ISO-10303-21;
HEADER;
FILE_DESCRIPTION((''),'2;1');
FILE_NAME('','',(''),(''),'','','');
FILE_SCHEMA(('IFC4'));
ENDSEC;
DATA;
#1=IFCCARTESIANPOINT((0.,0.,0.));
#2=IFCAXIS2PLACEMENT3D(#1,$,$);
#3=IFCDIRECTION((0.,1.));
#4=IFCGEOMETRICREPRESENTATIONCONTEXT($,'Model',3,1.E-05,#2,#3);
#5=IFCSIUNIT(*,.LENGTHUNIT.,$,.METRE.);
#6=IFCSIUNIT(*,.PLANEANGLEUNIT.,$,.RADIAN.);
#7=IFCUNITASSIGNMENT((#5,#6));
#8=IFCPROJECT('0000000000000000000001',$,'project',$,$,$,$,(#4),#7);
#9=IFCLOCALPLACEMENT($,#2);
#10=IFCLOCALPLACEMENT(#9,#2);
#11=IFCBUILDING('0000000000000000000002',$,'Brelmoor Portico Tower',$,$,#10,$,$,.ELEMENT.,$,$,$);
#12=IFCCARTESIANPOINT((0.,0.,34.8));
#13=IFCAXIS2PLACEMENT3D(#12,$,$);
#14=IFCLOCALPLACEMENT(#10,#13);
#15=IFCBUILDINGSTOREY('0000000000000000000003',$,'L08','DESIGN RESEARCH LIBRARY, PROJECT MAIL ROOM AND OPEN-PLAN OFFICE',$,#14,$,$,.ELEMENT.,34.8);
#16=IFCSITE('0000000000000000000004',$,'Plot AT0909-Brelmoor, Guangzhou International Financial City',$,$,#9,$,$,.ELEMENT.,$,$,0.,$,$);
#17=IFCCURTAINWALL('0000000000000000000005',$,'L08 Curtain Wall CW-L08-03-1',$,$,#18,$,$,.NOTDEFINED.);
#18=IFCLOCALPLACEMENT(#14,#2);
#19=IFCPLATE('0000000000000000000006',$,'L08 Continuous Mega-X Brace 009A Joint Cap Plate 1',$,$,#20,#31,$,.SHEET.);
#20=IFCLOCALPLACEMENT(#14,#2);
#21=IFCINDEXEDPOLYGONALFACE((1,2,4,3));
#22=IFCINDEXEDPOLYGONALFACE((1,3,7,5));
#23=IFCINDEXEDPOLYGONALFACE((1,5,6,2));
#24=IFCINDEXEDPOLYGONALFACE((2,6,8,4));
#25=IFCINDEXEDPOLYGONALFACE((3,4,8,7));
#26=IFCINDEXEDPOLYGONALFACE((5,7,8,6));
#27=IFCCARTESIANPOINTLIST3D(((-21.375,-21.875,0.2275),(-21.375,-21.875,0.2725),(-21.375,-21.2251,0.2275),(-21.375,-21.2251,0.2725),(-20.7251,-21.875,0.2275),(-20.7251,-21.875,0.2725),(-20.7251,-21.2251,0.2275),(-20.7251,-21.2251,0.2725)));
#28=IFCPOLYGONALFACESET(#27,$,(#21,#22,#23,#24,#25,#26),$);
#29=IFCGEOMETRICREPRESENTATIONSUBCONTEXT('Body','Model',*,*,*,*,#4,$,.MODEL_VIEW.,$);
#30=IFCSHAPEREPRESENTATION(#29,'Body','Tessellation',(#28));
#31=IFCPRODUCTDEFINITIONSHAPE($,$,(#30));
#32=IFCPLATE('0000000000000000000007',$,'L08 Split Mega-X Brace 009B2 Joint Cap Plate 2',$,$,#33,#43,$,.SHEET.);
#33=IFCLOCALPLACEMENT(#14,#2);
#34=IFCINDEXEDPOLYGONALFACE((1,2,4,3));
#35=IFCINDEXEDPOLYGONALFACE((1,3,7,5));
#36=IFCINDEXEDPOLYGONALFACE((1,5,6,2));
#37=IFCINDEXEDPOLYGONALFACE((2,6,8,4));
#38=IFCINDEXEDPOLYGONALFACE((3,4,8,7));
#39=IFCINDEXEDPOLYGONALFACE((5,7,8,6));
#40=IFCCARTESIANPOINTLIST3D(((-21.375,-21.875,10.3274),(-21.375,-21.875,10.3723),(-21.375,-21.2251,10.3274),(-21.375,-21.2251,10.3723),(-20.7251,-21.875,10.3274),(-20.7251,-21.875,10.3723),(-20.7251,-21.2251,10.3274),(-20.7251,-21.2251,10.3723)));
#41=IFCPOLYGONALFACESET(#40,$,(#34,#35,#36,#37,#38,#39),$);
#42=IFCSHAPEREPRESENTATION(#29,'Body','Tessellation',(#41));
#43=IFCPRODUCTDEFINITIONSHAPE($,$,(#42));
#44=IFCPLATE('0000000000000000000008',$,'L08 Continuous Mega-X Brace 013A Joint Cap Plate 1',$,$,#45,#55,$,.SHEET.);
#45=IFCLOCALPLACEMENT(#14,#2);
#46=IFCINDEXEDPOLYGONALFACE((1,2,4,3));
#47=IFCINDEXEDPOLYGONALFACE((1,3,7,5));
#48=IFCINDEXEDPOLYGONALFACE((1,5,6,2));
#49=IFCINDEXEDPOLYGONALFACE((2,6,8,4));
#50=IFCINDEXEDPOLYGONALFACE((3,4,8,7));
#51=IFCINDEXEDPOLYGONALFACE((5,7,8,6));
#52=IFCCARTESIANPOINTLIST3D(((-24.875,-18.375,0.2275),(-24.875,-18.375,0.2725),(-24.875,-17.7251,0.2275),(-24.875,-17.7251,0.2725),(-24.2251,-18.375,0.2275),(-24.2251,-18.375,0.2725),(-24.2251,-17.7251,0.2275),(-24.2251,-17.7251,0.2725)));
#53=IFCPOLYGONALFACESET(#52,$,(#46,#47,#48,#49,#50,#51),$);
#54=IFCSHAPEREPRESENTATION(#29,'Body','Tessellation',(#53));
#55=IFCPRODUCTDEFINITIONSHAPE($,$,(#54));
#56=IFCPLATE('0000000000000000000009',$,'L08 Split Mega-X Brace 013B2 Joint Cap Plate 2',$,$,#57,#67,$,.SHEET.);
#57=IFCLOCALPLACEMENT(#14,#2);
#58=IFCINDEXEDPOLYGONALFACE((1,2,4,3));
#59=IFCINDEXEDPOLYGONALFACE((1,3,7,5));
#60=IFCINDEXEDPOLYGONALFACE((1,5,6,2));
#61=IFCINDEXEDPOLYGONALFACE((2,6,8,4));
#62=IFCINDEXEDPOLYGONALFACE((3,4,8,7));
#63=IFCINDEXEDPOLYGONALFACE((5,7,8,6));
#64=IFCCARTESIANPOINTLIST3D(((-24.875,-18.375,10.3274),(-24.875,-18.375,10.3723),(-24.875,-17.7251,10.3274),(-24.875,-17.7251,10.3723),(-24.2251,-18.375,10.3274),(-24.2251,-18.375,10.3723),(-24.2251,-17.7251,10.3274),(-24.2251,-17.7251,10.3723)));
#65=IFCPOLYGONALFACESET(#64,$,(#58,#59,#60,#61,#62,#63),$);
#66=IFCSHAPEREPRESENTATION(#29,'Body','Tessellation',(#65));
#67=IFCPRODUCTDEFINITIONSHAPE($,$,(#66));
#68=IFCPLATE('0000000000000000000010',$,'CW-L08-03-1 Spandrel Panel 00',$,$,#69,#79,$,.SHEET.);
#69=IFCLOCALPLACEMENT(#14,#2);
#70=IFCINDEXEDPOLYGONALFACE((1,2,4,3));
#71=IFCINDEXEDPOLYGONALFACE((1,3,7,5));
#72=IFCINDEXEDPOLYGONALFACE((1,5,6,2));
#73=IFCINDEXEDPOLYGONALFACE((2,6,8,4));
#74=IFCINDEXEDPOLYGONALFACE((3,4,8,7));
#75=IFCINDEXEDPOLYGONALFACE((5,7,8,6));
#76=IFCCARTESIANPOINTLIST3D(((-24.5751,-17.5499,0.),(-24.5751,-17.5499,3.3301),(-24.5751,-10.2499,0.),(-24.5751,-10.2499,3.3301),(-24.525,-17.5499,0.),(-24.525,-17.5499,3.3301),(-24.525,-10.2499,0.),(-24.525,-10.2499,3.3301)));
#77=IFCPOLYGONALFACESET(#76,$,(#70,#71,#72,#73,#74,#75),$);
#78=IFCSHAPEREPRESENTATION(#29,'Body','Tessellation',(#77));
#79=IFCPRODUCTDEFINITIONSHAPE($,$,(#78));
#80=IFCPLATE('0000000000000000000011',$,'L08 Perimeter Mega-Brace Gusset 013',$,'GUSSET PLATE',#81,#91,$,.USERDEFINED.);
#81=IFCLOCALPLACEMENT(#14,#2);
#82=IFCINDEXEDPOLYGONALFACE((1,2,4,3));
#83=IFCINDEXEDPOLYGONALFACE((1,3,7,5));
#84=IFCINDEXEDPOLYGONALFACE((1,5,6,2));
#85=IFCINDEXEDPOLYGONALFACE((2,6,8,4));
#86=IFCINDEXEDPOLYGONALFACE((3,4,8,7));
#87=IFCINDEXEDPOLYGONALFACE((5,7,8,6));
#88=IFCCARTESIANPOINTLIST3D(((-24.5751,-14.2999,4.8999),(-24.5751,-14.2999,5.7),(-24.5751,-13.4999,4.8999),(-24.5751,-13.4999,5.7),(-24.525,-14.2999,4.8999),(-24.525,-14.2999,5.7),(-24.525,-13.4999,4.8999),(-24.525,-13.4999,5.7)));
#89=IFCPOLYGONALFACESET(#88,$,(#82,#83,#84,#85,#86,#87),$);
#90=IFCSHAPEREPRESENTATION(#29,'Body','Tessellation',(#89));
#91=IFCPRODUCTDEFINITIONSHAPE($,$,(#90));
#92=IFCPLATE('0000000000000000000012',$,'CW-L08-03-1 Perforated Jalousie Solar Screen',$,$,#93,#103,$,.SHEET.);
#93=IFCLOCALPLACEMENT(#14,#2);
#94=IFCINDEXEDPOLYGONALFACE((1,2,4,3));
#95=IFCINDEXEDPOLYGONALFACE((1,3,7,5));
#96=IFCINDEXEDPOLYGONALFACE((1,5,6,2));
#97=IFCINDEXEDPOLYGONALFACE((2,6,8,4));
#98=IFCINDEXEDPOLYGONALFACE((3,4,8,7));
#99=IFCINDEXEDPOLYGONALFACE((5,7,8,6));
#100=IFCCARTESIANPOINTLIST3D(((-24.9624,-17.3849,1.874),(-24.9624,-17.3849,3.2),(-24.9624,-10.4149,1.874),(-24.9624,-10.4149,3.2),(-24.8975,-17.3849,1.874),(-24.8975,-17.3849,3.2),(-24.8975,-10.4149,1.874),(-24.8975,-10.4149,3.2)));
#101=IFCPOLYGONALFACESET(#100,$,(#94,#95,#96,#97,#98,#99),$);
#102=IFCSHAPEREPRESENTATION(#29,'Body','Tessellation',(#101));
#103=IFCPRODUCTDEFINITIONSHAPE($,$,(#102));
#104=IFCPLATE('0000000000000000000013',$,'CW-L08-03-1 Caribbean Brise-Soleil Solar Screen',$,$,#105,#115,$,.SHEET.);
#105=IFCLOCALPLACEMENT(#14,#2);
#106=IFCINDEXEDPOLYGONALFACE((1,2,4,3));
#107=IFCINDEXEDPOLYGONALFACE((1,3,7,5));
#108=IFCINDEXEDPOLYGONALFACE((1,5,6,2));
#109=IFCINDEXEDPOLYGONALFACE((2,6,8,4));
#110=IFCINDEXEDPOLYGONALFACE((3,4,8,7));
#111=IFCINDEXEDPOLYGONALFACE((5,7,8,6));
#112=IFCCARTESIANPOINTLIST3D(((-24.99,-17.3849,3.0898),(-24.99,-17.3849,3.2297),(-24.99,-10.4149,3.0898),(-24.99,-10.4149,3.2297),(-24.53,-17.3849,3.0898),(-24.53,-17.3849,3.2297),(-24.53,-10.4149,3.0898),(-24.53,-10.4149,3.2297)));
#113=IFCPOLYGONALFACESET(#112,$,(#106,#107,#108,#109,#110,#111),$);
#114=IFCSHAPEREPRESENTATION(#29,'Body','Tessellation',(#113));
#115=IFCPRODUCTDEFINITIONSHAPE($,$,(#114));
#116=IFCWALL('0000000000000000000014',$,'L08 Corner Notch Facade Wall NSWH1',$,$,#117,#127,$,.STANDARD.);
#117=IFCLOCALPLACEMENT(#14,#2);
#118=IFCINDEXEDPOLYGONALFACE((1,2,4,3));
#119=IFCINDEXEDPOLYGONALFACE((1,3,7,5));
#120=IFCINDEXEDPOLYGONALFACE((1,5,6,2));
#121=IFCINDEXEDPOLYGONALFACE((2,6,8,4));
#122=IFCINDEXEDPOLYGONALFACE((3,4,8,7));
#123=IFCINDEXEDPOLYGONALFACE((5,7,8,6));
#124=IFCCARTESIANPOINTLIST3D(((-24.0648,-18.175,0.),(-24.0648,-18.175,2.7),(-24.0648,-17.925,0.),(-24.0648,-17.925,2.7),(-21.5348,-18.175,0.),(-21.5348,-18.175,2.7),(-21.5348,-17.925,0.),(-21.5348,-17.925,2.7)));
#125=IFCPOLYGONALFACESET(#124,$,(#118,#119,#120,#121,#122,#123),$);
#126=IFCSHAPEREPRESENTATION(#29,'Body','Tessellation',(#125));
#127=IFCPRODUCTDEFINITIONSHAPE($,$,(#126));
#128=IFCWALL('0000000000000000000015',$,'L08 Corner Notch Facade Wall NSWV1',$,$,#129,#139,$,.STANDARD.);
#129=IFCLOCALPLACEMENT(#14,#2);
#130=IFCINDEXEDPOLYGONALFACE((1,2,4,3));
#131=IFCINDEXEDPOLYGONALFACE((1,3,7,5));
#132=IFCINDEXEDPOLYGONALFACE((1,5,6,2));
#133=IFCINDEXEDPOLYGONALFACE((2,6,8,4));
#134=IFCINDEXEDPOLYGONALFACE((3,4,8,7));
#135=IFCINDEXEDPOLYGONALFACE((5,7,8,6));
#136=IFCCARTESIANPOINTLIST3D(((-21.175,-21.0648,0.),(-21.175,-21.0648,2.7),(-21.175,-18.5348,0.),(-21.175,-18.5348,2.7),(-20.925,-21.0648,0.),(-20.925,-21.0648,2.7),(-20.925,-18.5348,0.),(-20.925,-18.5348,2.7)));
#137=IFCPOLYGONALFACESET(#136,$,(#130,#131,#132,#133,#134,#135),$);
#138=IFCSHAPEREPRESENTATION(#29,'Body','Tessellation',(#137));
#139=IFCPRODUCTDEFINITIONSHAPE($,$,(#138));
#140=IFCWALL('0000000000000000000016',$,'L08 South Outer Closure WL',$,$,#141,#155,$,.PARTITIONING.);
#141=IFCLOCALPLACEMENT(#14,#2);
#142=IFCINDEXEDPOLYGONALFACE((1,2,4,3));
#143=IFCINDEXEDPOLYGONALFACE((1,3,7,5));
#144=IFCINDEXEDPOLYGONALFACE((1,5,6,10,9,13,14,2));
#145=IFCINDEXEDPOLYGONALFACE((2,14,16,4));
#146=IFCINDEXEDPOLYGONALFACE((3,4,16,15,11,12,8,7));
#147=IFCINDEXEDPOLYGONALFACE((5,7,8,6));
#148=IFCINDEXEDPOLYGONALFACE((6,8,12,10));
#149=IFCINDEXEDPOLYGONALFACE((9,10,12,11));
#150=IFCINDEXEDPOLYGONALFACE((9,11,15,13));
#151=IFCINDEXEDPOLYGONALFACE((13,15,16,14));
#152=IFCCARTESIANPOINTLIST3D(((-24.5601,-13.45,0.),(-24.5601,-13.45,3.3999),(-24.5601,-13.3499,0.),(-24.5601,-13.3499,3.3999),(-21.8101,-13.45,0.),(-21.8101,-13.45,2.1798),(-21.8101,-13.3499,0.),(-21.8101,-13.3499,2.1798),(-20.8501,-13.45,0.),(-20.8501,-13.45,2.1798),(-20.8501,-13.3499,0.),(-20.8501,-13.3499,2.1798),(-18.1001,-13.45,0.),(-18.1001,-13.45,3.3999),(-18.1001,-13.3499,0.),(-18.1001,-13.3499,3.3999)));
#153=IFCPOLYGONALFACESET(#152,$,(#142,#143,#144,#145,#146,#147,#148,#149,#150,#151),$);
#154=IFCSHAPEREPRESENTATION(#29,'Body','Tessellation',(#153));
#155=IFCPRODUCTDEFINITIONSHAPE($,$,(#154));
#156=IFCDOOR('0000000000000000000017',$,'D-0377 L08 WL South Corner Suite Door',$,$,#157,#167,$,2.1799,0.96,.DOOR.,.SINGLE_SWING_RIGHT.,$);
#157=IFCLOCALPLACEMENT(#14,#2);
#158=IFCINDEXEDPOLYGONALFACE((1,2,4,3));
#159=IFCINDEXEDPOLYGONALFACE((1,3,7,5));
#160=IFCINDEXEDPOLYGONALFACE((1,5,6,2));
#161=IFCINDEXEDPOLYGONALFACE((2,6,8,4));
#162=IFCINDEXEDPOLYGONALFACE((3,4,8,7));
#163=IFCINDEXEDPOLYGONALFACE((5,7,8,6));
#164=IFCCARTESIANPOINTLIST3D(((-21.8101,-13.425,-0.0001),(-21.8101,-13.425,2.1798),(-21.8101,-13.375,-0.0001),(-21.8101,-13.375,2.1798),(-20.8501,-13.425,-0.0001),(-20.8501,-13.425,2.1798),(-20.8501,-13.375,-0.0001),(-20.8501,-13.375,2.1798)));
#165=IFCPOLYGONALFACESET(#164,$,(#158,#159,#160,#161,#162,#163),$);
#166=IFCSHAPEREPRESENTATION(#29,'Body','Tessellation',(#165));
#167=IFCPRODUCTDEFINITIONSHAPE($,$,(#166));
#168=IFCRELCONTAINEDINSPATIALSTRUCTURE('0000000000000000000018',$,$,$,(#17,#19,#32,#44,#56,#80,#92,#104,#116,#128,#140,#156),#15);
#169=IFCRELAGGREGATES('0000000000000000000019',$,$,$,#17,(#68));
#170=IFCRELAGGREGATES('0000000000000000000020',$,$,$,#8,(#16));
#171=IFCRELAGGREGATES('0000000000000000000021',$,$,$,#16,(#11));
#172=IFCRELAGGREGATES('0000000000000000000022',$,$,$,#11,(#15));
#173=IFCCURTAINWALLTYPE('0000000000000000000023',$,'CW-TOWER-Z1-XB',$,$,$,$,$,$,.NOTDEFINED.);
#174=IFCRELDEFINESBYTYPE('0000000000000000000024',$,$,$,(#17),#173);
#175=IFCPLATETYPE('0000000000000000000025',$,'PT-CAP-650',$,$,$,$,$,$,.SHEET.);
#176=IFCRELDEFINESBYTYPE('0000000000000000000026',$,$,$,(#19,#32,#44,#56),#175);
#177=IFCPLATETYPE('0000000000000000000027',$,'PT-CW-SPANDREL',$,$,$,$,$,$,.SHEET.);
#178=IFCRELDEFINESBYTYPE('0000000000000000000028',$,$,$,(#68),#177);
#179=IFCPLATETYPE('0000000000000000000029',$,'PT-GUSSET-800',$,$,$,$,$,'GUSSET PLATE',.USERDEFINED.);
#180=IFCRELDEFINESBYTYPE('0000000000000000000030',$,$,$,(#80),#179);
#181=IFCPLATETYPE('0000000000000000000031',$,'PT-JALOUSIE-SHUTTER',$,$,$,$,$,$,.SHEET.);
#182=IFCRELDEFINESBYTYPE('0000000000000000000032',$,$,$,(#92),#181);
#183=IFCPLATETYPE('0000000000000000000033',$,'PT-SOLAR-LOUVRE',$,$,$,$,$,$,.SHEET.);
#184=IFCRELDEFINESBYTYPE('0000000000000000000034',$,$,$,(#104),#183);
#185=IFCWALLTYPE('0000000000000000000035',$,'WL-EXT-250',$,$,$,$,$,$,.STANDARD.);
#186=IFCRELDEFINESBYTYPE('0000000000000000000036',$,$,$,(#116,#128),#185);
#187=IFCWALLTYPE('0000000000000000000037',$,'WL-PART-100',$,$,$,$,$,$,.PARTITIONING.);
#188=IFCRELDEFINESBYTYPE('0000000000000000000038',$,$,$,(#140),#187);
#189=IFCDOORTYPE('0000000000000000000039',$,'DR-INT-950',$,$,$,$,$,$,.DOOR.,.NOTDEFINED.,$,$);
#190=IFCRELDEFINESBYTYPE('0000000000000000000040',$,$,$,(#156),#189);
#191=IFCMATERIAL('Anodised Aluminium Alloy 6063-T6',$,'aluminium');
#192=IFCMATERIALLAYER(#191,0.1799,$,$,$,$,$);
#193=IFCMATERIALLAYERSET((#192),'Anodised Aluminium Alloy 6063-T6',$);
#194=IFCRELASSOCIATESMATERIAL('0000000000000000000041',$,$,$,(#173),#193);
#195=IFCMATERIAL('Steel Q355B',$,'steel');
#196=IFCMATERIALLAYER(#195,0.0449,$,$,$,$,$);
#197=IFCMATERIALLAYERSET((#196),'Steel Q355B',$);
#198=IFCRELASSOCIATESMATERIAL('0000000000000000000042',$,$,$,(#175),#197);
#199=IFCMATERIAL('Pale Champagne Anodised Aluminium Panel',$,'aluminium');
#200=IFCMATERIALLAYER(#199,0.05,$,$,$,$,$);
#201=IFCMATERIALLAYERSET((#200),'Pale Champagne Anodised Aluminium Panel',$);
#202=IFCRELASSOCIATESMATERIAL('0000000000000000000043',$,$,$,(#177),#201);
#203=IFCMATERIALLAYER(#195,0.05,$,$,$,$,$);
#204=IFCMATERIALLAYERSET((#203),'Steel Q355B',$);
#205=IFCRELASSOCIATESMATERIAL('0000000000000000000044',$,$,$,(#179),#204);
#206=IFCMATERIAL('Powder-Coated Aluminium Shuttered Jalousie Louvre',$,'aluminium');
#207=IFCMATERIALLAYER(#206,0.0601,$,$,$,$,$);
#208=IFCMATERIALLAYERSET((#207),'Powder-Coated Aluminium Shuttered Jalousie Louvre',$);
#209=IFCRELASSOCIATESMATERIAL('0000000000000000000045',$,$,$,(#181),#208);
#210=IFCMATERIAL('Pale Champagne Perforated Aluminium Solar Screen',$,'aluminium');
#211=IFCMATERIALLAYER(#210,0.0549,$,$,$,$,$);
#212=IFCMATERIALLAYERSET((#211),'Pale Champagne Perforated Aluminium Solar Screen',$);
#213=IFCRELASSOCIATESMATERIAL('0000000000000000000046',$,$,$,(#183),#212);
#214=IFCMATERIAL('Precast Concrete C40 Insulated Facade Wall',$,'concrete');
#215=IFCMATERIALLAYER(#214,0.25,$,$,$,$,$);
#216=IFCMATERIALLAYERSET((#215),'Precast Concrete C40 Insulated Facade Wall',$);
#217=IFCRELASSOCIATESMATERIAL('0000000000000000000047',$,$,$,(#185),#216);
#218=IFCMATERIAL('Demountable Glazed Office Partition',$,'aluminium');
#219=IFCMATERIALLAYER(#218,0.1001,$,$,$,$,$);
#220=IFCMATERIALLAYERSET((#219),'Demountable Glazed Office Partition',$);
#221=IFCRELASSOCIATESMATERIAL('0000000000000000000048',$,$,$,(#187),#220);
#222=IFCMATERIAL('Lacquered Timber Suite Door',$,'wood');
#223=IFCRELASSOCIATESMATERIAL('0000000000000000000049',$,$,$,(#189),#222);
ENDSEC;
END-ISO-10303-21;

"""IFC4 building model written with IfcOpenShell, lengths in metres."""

from ifc_helpers import new_model, si_unit, direction, frame, frame_2d, origin, origin_2d, place, context, subcontext, project, spatial, rectangle, extrude, material, layer, layer_set, type_object, element, fill, aggregate, save


model = new_model("IFC4")

# Units and contexts
model_context = context("Model", 3, precision=1e-05, world=origin(), true_north=direction((0.0, 1.0)))
body_context = subcontext(model_context, "Body", "Model", "MODEL_VIEW")
ifc_project = project(units=[si_unit("LENGTHUNIT", "METRE"), si_unit("PLANEANGLEUNIT", "RADIAN")], contexts=[model_context])

# Site, building, storey
site_placement = place(None, origin())
site = spatial("IfcSite", under=ifc_project, at=site_placement, Name="Plot AT0909-Brelmoor, Guangzhou International Financial City", CompositionType="ELEMENT", RefElevation=0.0)
building_placement = place(site_placement, origin())
building = spatial("IfcBuilding", under=site, at=building_placement, Name="Brelmoor Portico Tower", CompositionType="ELEMENT")
storey_placement = place(building_placement, frame((0.0, 0.0, 34.8)))
storey = spatial("IfcBuildingStorey", under=building, at=storey_placement, Name="L08", Description="DESIGN RESEARCH LIBRARY, PROJECT MAIL ROOM AND OPEN-PLAN OFFICE", CompositionType="ELEMENT", Elevation=34.8)

# Shared definitions
ifc_material_1 = material(Name="Steel Q355B", Category="steel")

# Curtain wall
ifc_material_2 = material(Name="Anodised Aluminium Alloy 6063-T6", Category="aluminium")
ifc_layer_1 = layer(ifc_material_2, 0.1799)
ifc_layer_set_1 = layer_set([ifc_layer_1], Name="Anodised Aluminium Alloy 6063-T6")
curtain_wall_type = type_object("IfcCurtainWallType", Name="CW-TOWER-Z1-XB", PredefinedType="NOTDEFINED", material=ifc_layer_set_1)
curtain_wall_1_placement = place(storey_placement, origin())
curtain_wall_1 = element("IfcCurtainWall", 1, at=curtain_wall_1_placement, inside=storey, type_object=curtain_wall_type, Name="L08 Curtain Wall CW-L08-03-1", PredefinedType="NOTDEFINED")

# Plates
ifc_layer_2 = layer(ifc_material_1, 0.0449)
ifc_layer_set_2 = layer_set([ifc_layer_2], Name="Steel Q355B")
plate_type_1 = type_object("IfcPlateType", Name="PT-CAP-650", PredefinedType="SHEET", material=ifc_layer_set_2)
for number, where, z_axis, x_axis, name in (
    (2, (-21.05, -21.55, 0.2275), (0.0, 0.0, 1.0), (1.0, 0.0, 0.0), "L08 Continuous Mega-X Brace 009A Joint Cap Plate 1"),
    (3, (-21.05, -21.55, 10.3274), (0.0, 0.0, 1.0), (1.0, 0.0, 0.0), "L08 Split Mega-X Brace 009B2 Joint Cap Plate 2"),
    (4, (-24.55, -18.05, 0.2275), (0.0, 0.0, 1.0), (1.0, 0.0, 0.0), "L08 Continuous Mega-X Brace 013A Joint Cap Plate 1"),
    (5, (-24.55, -18.05, 10.3274), (0.0, 0.0, 1.0), (1.0, 0.0, 0.0), "L08 Split Mega-X Brace 013B2 Joint Cap Plate 2"),
):
    element("IfcPlate", number, at=place(storey_placement, frame(where, z_axis=z_axis, x_axis=x_axis)), inside=storey, type_object=plate_type_1, Name=name, PredefinedType="SHEET", context=body_context, shape_type="SweptSolid", body=[
        extrude(rectangle(XDim=0.6499, YDim=0.6499, at=origin_2d()), origin(), (0.0, 0.0, 1.0), 0.0449),
    ])

# Plate
ifc_material_3 = material(Name="Pale Champagne Anodised Aluminium Panel", Category="aluminium")
ifc_layer_3 = layer(ifc_material_3, 0.05)
ifc_layer_set_3 = layer_set([ifc_layer_3], Name="Pale Champagne Anodised Aluminium Panel")
plate_type_2 = type_object("IfcPlateType", Name="PT-CW-SPANDREL", PredefinedType="SHEET", material=ifc_layer_set_3)
plate_1_placement = place(storey_placement, frame((-24.55, -13.8999, 0.0), z_axis=(0.0, 0.0, 1.0), x_axis=(0.0, 1.0, 0.0)))
plate_1 = element("IfcPlate", 6, at=plate_1_placement, type_object=plate_type_2, Name="CW-L08-03-1 Spandrel Panel 00", PredefinedType="SHEET", context=body_context, shape_type="SweptSolid", body=[
    extrude(rectangle(XDim=7.3, YDim=0.05, at=origin_2d()), origin(), (0.0, 0.0, 1.0), 3.3301),
])
aggregate(curtain_wall_1, [plate_1])

# Plates
ifc_layer_4 = layer(ifc_material_1, 0.05)
ifc_layer_set_4 = layer_set([ifc_layer_4], Name="Steel Q355B")
plate_type_3 = type_object("IfcPlateType", Name="PT-GUSSET-800", ElementType="GUSSET PLATE", PredefinedType="USERDEFINED", material=ifc_layer_set_4)
plate_2_placement = place(storey_placement, frame((-24.55, -13.8999, 4.8999), z_axis=(0.0, 0.0, 1.0), x_axis=(1.0, 0.0, 0.0)))
element("IfcPlate", 7, at=plate_2_placement, inside=storey, type_object=plate_type_3, Name="L08 Perimeter Mega-Brace Gusset 013", ObjectType="GUSSET PLATE", PredefinedType="USERDEFINED", context=body_context, shape_type="SweptSolid", body=[
    extrude(rectangle(XDim=0.05, YDim=0.8, at=origin_2d()), origin(), (0.0, 0.0, 1.0), 0.8),
])
ifc_material_4 = material(Name="Powder-Coated Aluminium Shuttered Jalousie Louvre", Category="aluminium")
ifc_layer_5 = layer(ifc_material_4, 0.0601)
ifc_layer_set_5 = layer_set([ifc_layer_5], Name="Powder-Coated Aluminium Shuttered Jalousie Louvre")
plate_type_4 = type_object("IfcPlateType", Name="PT-JALOUSIE-SHUTTER", PredefinedType="SHEET", material=ifc_layer_set_5)
plate_3_placement = place(storey_placement, frame((-24.9299, -13.8999, 1.874), z_axis=(0.0, 0.0, 1.0), x_axis=(0.0, 1.0, 0.0)))
element("IfcPlate", 8, at=plate_3_placement, inside=storey, type_object=plate_type_4, Name="CW-L08-03-1 Perforated Jalousie Solar Screen", PredefinedType="SHEET", context=body_context, shape_type="SweptSolid", body=[
    extrude(rectangle(XDim=6.97, YDim=0.0649, at=origin_2d()), origin(), (0.0, 0.0, 1.0), 1.3259),
])
ifc_material_5 = material(Name="Pale Champagne Perforated Aluminium Solar Screen", Category="aluminium")
ifc_layer_6 = layer(ifc_material_5, 0.0549)
ifc_layer_set_6 = layer_set([ifc_layer_6], Name="Pale Champagne Perforated Aluminium Solar Screen")
plate_type_5 = type_object("IfcPlateType", Name="PT-SOLAR-LOUVRE", PredefinedType="SHEET", material=ifc_layer_set_6)
plate_4_placement = place(storey_placement, frame((-24.76, -13.8999, 3.0898), z_axis=(0.0, 0.0, 1.0), x_axis=(0.0, 1.0, 0.0)))
element("IfcPlate", 9, at=plate_4_placement, inside=storey, type_object=plate_type_5, Name="CW-L08-03-1 Caribbean Brise-Soleil Solar Screen", PredefinedType="SHEET", context=body_context, shape_type="SweptSolid", body=[
    extrude(rectangle(XDim=6.97, YDim=0.46, at=origin_2d()), origin(), (0.0, 0.0, 1.0), 0.1399),
])

# Walls
ifc_material_6 = material(Name="Precast Concrete C40 Insulated Facade Wall", Category="concrete")
ifc_layer_7 = layer(ifc_material_6, 0.25)
ifc_layer_set_7 = layer_set([ifc_layer_7], Name="Precast Concrete C40 Insulated Facade Wall")
wall_type_1 = type_object("IfcWallType", Name="WL-EXT-250", PredefinedType="STANDARD", material=ifc_layer_set_7)
for number, where, z_axis, x_axis, name in (
    (10, (-24.0649, -18.05, 0.0), (0.0, 0.0, 1.0), (1.0, 0.0, 0.0), "L08 Corner Notch Facade Wall NSWH1"),
    (11, (-21.05, -21.0649, 0.0), (0.0, 0.0, 1.0), (0.0, 1.0, 0.0), "L08 Corner Notch Facade Wall NSWV1"),
):
    element("IfcWall", number, at=place(storey_placement, frame(where, z_axis=z_axis, x_axis=x_axis)), inside=storey, type_object=wall_type_1, Name=name, PredefinedType="STANDARD", context=body_context, shape_type="SweptSolid", body=[
        extrude(rectangle(XDim=2.53, YDim=0.25, at=frame_2d((1.2651, 0.0))), origin(), (0.0, 0.0, 1.0), 2.7),
    ])

# Wall, opening, door
ifc_material_7 = material(Name="Demountable Glazed Office Partition", Category="aluminium")
ifc_layer_8 = layer(ifc_material_7, 0.1001)
ifc_layer_set_8 = layer_set([ifc_layer_8], Name="Demountable Glazed Office Partition")
wall_type_2 = type_object("IfcWallType", Name="WL-PART-100", PredefinedType="PARTITIONING", material=ifc_layer_set_8)
wall_1_placement = place(storey_placement, frame((-24.5601, -13.3999, 0.0), z_axis=(0.0, 0.0, 1.0), x_axis=(1.0, 0.0, 0.0)))
wall_1 = element("IfcWall", 12, at=wall_1_placement, inside=storey, type_object=wall_type_2, Name="L08 South Outer Closure WL", PredefinedType="PARTITIONING", context=body_context, shape_type="SweptSolid", body=[
    extrude(rectangle(XDim=6.46, YDim=0.1001, at=frame_2d((3.23, 0.0))), origin(), (0.0, 0.0, 1.0), 3.3999),
])
opening_1_placement = place(wall_1_placement, frame((2.75, 0.0, 0.0)))
opening_1 = element("IfcOpeningElement", 13, at=opening_1_placement, cuts=wall_1, PredefinedType="OPENING", context=body_context, shape_type="SweptSolid", body=[
    extrude(rectangle(XDim=0.96, YDim=2.1799, at=frame_2d((0.48, 1.0898))), frame((0.0, 0.0601, 0.0), z_axis=(0.0, -1.0, 0.0), x_axis=(1.0, 0.0, 0.0)), (0.0, 0.0, 1.0), 0.1201),
])
ifc_material_8 = material(Name="Lacquered Timber Suite Door", Category="wood")
door_type_1 = type_object("IfcDoorType", Name="DR-INT-950", OperationType="NOTDEFINED", PredefinedType="DOOR", material=ifc_material_8)
door_1_placement = place(opening_1_placement, origin())
door_1 = element("IfcDoor", 14, at=door_1_placement, inside=storey, type_object=door_type_1, Name="D-0377 L08 WL South Corner Suite Door", OperationType="SINGLE_SWING_RIGHT", OverallHeight=2.1799, OverallWidth=0.96, PredefinedType="DOOR", context=body_context, shape_type="SweptSolid", body=[
    extrude(rectangle(XDim=0.96, YDim=2.1799, at=frame_2d((0.48, 1.0898))), frame((0.0, 0.0249, 0.0), z_axis=(0.0, -1.0, 0.0), x_axis=(1.0, 0.0, 0.0)), (0.0, 0.0, 1.0), 0.05),
])
fill(opening_1, door_1)

save(model, "model.ifc")
